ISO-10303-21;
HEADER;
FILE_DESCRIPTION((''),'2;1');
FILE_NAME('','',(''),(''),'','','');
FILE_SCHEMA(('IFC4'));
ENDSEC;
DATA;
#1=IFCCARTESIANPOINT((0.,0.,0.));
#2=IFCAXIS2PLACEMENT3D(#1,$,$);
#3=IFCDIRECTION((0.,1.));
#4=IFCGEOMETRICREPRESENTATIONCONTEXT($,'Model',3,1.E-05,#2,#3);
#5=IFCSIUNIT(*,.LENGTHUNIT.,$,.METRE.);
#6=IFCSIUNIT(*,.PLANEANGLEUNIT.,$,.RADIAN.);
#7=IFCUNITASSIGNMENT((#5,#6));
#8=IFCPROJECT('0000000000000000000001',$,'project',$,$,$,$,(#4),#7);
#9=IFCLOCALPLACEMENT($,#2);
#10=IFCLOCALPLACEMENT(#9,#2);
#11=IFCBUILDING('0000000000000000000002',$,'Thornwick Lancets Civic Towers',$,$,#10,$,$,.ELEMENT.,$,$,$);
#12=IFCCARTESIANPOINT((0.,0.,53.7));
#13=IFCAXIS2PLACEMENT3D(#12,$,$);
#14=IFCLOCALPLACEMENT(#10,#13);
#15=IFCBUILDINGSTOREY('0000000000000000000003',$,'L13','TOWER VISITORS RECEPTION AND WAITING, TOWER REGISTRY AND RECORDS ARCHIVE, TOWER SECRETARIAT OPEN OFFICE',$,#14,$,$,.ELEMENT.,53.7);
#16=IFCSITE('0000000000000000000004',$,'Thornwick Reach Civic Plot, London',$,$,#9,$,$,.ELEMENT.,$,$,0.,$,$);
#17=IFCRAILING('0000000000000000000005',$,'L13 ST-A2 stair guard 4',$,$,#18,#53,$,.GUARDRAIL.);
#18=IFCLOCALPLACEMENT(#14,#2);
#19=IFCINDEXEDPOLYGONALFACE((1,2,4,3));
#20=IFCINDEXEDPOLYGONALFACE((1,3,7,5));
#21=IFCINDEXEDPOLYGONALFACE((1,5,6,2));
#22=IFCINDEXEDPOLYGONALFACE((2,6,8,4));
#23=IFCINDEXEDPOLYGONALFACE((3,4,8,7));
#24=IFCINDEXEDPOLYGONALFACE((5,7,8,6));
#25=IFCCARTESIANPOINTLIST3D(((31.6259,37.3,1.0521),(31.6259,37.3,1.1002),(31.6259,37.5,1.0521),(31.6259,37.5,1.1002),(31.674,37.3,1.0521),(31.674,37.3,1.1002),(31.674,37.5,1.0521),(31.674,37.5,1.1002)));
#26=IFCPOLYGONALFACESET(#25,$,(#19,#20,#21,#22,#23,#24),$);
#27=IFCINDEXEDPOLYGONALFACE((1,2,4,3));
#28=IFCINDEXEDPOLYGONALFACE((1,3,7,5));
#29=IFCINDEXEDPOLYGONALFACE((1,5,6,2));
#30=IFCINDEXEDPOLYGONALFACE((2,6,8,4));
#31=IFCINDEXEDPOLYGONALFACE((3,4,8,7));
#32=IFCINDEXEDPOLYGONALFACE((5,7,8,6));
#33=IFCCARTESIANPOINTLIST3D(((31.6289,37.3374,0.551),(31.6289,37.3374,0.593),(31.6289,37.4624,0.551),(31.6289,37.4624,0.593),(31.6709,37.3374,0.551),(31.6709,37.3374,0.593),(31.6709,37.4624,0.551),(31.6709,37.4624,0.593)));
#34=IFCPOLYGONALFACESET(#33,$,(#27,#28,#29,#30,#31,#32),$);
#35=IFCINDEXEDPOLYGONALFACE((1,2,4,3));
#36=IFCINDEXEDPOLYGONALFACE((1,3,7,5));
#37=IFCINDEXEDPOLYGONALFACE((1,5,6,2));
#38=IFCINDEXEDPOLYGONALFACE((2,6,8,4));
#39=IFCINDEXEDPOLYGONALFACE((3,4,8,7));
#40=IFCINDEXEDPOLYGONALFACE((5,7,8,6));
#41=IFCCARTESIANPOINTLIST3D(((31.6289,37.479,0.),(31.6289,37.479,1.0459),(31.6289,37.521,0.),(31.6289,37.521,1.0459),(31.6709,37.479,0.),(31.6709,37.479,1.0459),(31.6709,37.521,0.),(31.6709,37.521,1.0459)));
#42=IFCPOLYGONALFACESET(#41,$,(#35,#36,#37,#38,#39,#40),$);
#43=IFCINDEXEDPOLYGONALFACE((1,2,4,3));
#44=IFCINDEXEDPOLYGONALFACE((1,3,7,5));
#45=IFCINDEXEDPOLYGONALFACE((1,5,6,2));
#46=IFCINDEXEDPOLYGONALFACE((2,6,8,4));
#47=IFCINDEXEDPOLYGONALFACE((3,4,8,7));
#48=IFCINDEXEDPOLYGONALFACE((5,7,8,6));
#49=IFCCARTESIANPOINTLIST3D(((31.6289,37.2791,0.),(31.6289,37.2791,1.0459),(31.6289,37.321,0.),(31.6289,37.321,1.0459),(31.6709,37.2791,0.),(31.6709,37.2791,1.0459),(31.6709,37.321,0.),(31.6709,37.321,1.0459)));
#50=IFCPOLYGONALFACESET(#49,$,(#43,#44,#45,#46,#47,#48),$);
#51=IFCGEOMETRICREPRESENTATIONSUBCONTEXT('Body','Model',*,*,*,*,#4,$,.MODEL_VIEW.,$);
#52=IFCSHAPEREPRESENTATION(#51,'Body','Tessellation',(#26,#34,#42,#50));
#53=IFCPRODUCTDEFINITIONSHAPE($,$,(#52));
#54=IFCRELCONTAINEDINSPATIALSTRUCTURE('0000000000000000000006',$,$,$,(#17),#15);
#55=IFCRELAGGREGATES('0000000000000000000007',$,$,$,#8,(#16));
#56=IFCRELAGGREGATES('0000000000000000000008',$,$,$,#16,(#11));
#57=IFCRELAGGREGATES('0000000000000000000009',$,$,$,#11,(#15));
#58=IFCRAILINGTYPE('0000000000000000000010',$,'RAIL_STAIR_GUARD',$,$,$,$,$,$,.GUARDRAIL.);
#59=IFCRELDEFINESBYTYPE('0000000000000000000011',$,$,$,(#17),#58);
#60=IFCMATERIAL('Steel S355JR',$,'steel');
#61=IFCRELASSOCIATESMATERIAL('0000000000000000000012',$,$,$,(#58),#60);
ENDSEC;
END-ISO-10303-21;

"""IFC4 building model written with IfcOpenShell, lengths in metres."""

from ifc_helpers import new_model, si_unit, direction, frame, origin, origin_2d, place, context, subcontext, project, spatial, rectangle, extrude, material, type_object, element, save


model = new_model("IFC4")

# Units and contexts
model_context = context("Model", 3, precision=1e-05, world=origin(), true_north=direction((0.0, 1.0)))
body_context = subcontext(model_context, "Body", "Model", "MODEL_VIEW")
ifc_project = project(units=[si_unit("LENGTHUNIT", "METRE"), si_unit("PLANEANGLEUNIT", "RADIAN")], contexts=[model_context])

# Site, building, storey
site_placement = place(None, origin())
site = spatial("IfcSite", under=ifc_project, at=site_placement, Name="Thornwick Reach Civic Plot, London", CompositionType="ELEMENT", RefElevation=0.0)
building_placement = place(site_placement, origin())
building = spatial("IfcBuilding", under=site, at=building_placement, Name="Thornwick Lancets Civic Towers", CompositionType="ELEMENT")
storey_placement = place(building_placement, frame((0.0, 0.0, 53.7)))
storey = spatial("IfcBuildingStorey", under=building, at=storey_placement, Name="L13", Description="TOWER VISITORS RECEPTION AND WAITING, TOWER REGISTRY AND RECORDS ARCHIVE, TOWER SECRETARIAT OPEN OFFICE", CompositionType="ELEMENT", Elevation=53.7)

# Shared definitions
ifc_material_1 = material(Name="Steel S355JR", Category="steel")

# Railing
railing_type_1 = type_object("IfcRailingType", Name="RAIL_STAIR_GUARD", PredefinedType="GUARDRAIL", material=ifc_material_1)
railing_1_placement = place(storey_placement, frame((31.6499, 37.5, 0.0)))
element("IfcRailing", 1, at=railing_1_placement, inside=storey, type_object=railing_type_1, Name="L13 ST-A2 stair guard 4", PredefinedType="GUARDRAIL", context=body_context, shape_type="SweptSolid", body=[
    extrude(rectangle(XDim=0.0481, YDim=0.0481, at=origin_2d()), frame((0.0, 0.0, 1.0762), z_axis=(0.0, -1.0, 0.0), x_axis=(1.0, 0.0, 0.0)), (0.0, 0.0, 1.0), 0.2),
    extrude(rectangle(XDim=0.042, YDim=0.042, at=origin_2d()), frame((0.0, -0.0376, 0.572), z_axis=(0.0, -1.0, 0.0), x_axis=(1.0, 0.0, 0.0)), (0.0, 0.0, 1.0), 0.125),
    extrude(rectangle(XDim=0.042, YDim=0.042, at=origin_2d()), origin(), (0.0, 0.0, 1.0), 1.0459),
    extrude(rectangle(XDim=0.042, YDim=0.042, at=origin_2d()), frame((0.0, -0.2, 0.0)), (0.0, 0.0, 1.0), 1.0459),
])

save(model, "model.ifc")
